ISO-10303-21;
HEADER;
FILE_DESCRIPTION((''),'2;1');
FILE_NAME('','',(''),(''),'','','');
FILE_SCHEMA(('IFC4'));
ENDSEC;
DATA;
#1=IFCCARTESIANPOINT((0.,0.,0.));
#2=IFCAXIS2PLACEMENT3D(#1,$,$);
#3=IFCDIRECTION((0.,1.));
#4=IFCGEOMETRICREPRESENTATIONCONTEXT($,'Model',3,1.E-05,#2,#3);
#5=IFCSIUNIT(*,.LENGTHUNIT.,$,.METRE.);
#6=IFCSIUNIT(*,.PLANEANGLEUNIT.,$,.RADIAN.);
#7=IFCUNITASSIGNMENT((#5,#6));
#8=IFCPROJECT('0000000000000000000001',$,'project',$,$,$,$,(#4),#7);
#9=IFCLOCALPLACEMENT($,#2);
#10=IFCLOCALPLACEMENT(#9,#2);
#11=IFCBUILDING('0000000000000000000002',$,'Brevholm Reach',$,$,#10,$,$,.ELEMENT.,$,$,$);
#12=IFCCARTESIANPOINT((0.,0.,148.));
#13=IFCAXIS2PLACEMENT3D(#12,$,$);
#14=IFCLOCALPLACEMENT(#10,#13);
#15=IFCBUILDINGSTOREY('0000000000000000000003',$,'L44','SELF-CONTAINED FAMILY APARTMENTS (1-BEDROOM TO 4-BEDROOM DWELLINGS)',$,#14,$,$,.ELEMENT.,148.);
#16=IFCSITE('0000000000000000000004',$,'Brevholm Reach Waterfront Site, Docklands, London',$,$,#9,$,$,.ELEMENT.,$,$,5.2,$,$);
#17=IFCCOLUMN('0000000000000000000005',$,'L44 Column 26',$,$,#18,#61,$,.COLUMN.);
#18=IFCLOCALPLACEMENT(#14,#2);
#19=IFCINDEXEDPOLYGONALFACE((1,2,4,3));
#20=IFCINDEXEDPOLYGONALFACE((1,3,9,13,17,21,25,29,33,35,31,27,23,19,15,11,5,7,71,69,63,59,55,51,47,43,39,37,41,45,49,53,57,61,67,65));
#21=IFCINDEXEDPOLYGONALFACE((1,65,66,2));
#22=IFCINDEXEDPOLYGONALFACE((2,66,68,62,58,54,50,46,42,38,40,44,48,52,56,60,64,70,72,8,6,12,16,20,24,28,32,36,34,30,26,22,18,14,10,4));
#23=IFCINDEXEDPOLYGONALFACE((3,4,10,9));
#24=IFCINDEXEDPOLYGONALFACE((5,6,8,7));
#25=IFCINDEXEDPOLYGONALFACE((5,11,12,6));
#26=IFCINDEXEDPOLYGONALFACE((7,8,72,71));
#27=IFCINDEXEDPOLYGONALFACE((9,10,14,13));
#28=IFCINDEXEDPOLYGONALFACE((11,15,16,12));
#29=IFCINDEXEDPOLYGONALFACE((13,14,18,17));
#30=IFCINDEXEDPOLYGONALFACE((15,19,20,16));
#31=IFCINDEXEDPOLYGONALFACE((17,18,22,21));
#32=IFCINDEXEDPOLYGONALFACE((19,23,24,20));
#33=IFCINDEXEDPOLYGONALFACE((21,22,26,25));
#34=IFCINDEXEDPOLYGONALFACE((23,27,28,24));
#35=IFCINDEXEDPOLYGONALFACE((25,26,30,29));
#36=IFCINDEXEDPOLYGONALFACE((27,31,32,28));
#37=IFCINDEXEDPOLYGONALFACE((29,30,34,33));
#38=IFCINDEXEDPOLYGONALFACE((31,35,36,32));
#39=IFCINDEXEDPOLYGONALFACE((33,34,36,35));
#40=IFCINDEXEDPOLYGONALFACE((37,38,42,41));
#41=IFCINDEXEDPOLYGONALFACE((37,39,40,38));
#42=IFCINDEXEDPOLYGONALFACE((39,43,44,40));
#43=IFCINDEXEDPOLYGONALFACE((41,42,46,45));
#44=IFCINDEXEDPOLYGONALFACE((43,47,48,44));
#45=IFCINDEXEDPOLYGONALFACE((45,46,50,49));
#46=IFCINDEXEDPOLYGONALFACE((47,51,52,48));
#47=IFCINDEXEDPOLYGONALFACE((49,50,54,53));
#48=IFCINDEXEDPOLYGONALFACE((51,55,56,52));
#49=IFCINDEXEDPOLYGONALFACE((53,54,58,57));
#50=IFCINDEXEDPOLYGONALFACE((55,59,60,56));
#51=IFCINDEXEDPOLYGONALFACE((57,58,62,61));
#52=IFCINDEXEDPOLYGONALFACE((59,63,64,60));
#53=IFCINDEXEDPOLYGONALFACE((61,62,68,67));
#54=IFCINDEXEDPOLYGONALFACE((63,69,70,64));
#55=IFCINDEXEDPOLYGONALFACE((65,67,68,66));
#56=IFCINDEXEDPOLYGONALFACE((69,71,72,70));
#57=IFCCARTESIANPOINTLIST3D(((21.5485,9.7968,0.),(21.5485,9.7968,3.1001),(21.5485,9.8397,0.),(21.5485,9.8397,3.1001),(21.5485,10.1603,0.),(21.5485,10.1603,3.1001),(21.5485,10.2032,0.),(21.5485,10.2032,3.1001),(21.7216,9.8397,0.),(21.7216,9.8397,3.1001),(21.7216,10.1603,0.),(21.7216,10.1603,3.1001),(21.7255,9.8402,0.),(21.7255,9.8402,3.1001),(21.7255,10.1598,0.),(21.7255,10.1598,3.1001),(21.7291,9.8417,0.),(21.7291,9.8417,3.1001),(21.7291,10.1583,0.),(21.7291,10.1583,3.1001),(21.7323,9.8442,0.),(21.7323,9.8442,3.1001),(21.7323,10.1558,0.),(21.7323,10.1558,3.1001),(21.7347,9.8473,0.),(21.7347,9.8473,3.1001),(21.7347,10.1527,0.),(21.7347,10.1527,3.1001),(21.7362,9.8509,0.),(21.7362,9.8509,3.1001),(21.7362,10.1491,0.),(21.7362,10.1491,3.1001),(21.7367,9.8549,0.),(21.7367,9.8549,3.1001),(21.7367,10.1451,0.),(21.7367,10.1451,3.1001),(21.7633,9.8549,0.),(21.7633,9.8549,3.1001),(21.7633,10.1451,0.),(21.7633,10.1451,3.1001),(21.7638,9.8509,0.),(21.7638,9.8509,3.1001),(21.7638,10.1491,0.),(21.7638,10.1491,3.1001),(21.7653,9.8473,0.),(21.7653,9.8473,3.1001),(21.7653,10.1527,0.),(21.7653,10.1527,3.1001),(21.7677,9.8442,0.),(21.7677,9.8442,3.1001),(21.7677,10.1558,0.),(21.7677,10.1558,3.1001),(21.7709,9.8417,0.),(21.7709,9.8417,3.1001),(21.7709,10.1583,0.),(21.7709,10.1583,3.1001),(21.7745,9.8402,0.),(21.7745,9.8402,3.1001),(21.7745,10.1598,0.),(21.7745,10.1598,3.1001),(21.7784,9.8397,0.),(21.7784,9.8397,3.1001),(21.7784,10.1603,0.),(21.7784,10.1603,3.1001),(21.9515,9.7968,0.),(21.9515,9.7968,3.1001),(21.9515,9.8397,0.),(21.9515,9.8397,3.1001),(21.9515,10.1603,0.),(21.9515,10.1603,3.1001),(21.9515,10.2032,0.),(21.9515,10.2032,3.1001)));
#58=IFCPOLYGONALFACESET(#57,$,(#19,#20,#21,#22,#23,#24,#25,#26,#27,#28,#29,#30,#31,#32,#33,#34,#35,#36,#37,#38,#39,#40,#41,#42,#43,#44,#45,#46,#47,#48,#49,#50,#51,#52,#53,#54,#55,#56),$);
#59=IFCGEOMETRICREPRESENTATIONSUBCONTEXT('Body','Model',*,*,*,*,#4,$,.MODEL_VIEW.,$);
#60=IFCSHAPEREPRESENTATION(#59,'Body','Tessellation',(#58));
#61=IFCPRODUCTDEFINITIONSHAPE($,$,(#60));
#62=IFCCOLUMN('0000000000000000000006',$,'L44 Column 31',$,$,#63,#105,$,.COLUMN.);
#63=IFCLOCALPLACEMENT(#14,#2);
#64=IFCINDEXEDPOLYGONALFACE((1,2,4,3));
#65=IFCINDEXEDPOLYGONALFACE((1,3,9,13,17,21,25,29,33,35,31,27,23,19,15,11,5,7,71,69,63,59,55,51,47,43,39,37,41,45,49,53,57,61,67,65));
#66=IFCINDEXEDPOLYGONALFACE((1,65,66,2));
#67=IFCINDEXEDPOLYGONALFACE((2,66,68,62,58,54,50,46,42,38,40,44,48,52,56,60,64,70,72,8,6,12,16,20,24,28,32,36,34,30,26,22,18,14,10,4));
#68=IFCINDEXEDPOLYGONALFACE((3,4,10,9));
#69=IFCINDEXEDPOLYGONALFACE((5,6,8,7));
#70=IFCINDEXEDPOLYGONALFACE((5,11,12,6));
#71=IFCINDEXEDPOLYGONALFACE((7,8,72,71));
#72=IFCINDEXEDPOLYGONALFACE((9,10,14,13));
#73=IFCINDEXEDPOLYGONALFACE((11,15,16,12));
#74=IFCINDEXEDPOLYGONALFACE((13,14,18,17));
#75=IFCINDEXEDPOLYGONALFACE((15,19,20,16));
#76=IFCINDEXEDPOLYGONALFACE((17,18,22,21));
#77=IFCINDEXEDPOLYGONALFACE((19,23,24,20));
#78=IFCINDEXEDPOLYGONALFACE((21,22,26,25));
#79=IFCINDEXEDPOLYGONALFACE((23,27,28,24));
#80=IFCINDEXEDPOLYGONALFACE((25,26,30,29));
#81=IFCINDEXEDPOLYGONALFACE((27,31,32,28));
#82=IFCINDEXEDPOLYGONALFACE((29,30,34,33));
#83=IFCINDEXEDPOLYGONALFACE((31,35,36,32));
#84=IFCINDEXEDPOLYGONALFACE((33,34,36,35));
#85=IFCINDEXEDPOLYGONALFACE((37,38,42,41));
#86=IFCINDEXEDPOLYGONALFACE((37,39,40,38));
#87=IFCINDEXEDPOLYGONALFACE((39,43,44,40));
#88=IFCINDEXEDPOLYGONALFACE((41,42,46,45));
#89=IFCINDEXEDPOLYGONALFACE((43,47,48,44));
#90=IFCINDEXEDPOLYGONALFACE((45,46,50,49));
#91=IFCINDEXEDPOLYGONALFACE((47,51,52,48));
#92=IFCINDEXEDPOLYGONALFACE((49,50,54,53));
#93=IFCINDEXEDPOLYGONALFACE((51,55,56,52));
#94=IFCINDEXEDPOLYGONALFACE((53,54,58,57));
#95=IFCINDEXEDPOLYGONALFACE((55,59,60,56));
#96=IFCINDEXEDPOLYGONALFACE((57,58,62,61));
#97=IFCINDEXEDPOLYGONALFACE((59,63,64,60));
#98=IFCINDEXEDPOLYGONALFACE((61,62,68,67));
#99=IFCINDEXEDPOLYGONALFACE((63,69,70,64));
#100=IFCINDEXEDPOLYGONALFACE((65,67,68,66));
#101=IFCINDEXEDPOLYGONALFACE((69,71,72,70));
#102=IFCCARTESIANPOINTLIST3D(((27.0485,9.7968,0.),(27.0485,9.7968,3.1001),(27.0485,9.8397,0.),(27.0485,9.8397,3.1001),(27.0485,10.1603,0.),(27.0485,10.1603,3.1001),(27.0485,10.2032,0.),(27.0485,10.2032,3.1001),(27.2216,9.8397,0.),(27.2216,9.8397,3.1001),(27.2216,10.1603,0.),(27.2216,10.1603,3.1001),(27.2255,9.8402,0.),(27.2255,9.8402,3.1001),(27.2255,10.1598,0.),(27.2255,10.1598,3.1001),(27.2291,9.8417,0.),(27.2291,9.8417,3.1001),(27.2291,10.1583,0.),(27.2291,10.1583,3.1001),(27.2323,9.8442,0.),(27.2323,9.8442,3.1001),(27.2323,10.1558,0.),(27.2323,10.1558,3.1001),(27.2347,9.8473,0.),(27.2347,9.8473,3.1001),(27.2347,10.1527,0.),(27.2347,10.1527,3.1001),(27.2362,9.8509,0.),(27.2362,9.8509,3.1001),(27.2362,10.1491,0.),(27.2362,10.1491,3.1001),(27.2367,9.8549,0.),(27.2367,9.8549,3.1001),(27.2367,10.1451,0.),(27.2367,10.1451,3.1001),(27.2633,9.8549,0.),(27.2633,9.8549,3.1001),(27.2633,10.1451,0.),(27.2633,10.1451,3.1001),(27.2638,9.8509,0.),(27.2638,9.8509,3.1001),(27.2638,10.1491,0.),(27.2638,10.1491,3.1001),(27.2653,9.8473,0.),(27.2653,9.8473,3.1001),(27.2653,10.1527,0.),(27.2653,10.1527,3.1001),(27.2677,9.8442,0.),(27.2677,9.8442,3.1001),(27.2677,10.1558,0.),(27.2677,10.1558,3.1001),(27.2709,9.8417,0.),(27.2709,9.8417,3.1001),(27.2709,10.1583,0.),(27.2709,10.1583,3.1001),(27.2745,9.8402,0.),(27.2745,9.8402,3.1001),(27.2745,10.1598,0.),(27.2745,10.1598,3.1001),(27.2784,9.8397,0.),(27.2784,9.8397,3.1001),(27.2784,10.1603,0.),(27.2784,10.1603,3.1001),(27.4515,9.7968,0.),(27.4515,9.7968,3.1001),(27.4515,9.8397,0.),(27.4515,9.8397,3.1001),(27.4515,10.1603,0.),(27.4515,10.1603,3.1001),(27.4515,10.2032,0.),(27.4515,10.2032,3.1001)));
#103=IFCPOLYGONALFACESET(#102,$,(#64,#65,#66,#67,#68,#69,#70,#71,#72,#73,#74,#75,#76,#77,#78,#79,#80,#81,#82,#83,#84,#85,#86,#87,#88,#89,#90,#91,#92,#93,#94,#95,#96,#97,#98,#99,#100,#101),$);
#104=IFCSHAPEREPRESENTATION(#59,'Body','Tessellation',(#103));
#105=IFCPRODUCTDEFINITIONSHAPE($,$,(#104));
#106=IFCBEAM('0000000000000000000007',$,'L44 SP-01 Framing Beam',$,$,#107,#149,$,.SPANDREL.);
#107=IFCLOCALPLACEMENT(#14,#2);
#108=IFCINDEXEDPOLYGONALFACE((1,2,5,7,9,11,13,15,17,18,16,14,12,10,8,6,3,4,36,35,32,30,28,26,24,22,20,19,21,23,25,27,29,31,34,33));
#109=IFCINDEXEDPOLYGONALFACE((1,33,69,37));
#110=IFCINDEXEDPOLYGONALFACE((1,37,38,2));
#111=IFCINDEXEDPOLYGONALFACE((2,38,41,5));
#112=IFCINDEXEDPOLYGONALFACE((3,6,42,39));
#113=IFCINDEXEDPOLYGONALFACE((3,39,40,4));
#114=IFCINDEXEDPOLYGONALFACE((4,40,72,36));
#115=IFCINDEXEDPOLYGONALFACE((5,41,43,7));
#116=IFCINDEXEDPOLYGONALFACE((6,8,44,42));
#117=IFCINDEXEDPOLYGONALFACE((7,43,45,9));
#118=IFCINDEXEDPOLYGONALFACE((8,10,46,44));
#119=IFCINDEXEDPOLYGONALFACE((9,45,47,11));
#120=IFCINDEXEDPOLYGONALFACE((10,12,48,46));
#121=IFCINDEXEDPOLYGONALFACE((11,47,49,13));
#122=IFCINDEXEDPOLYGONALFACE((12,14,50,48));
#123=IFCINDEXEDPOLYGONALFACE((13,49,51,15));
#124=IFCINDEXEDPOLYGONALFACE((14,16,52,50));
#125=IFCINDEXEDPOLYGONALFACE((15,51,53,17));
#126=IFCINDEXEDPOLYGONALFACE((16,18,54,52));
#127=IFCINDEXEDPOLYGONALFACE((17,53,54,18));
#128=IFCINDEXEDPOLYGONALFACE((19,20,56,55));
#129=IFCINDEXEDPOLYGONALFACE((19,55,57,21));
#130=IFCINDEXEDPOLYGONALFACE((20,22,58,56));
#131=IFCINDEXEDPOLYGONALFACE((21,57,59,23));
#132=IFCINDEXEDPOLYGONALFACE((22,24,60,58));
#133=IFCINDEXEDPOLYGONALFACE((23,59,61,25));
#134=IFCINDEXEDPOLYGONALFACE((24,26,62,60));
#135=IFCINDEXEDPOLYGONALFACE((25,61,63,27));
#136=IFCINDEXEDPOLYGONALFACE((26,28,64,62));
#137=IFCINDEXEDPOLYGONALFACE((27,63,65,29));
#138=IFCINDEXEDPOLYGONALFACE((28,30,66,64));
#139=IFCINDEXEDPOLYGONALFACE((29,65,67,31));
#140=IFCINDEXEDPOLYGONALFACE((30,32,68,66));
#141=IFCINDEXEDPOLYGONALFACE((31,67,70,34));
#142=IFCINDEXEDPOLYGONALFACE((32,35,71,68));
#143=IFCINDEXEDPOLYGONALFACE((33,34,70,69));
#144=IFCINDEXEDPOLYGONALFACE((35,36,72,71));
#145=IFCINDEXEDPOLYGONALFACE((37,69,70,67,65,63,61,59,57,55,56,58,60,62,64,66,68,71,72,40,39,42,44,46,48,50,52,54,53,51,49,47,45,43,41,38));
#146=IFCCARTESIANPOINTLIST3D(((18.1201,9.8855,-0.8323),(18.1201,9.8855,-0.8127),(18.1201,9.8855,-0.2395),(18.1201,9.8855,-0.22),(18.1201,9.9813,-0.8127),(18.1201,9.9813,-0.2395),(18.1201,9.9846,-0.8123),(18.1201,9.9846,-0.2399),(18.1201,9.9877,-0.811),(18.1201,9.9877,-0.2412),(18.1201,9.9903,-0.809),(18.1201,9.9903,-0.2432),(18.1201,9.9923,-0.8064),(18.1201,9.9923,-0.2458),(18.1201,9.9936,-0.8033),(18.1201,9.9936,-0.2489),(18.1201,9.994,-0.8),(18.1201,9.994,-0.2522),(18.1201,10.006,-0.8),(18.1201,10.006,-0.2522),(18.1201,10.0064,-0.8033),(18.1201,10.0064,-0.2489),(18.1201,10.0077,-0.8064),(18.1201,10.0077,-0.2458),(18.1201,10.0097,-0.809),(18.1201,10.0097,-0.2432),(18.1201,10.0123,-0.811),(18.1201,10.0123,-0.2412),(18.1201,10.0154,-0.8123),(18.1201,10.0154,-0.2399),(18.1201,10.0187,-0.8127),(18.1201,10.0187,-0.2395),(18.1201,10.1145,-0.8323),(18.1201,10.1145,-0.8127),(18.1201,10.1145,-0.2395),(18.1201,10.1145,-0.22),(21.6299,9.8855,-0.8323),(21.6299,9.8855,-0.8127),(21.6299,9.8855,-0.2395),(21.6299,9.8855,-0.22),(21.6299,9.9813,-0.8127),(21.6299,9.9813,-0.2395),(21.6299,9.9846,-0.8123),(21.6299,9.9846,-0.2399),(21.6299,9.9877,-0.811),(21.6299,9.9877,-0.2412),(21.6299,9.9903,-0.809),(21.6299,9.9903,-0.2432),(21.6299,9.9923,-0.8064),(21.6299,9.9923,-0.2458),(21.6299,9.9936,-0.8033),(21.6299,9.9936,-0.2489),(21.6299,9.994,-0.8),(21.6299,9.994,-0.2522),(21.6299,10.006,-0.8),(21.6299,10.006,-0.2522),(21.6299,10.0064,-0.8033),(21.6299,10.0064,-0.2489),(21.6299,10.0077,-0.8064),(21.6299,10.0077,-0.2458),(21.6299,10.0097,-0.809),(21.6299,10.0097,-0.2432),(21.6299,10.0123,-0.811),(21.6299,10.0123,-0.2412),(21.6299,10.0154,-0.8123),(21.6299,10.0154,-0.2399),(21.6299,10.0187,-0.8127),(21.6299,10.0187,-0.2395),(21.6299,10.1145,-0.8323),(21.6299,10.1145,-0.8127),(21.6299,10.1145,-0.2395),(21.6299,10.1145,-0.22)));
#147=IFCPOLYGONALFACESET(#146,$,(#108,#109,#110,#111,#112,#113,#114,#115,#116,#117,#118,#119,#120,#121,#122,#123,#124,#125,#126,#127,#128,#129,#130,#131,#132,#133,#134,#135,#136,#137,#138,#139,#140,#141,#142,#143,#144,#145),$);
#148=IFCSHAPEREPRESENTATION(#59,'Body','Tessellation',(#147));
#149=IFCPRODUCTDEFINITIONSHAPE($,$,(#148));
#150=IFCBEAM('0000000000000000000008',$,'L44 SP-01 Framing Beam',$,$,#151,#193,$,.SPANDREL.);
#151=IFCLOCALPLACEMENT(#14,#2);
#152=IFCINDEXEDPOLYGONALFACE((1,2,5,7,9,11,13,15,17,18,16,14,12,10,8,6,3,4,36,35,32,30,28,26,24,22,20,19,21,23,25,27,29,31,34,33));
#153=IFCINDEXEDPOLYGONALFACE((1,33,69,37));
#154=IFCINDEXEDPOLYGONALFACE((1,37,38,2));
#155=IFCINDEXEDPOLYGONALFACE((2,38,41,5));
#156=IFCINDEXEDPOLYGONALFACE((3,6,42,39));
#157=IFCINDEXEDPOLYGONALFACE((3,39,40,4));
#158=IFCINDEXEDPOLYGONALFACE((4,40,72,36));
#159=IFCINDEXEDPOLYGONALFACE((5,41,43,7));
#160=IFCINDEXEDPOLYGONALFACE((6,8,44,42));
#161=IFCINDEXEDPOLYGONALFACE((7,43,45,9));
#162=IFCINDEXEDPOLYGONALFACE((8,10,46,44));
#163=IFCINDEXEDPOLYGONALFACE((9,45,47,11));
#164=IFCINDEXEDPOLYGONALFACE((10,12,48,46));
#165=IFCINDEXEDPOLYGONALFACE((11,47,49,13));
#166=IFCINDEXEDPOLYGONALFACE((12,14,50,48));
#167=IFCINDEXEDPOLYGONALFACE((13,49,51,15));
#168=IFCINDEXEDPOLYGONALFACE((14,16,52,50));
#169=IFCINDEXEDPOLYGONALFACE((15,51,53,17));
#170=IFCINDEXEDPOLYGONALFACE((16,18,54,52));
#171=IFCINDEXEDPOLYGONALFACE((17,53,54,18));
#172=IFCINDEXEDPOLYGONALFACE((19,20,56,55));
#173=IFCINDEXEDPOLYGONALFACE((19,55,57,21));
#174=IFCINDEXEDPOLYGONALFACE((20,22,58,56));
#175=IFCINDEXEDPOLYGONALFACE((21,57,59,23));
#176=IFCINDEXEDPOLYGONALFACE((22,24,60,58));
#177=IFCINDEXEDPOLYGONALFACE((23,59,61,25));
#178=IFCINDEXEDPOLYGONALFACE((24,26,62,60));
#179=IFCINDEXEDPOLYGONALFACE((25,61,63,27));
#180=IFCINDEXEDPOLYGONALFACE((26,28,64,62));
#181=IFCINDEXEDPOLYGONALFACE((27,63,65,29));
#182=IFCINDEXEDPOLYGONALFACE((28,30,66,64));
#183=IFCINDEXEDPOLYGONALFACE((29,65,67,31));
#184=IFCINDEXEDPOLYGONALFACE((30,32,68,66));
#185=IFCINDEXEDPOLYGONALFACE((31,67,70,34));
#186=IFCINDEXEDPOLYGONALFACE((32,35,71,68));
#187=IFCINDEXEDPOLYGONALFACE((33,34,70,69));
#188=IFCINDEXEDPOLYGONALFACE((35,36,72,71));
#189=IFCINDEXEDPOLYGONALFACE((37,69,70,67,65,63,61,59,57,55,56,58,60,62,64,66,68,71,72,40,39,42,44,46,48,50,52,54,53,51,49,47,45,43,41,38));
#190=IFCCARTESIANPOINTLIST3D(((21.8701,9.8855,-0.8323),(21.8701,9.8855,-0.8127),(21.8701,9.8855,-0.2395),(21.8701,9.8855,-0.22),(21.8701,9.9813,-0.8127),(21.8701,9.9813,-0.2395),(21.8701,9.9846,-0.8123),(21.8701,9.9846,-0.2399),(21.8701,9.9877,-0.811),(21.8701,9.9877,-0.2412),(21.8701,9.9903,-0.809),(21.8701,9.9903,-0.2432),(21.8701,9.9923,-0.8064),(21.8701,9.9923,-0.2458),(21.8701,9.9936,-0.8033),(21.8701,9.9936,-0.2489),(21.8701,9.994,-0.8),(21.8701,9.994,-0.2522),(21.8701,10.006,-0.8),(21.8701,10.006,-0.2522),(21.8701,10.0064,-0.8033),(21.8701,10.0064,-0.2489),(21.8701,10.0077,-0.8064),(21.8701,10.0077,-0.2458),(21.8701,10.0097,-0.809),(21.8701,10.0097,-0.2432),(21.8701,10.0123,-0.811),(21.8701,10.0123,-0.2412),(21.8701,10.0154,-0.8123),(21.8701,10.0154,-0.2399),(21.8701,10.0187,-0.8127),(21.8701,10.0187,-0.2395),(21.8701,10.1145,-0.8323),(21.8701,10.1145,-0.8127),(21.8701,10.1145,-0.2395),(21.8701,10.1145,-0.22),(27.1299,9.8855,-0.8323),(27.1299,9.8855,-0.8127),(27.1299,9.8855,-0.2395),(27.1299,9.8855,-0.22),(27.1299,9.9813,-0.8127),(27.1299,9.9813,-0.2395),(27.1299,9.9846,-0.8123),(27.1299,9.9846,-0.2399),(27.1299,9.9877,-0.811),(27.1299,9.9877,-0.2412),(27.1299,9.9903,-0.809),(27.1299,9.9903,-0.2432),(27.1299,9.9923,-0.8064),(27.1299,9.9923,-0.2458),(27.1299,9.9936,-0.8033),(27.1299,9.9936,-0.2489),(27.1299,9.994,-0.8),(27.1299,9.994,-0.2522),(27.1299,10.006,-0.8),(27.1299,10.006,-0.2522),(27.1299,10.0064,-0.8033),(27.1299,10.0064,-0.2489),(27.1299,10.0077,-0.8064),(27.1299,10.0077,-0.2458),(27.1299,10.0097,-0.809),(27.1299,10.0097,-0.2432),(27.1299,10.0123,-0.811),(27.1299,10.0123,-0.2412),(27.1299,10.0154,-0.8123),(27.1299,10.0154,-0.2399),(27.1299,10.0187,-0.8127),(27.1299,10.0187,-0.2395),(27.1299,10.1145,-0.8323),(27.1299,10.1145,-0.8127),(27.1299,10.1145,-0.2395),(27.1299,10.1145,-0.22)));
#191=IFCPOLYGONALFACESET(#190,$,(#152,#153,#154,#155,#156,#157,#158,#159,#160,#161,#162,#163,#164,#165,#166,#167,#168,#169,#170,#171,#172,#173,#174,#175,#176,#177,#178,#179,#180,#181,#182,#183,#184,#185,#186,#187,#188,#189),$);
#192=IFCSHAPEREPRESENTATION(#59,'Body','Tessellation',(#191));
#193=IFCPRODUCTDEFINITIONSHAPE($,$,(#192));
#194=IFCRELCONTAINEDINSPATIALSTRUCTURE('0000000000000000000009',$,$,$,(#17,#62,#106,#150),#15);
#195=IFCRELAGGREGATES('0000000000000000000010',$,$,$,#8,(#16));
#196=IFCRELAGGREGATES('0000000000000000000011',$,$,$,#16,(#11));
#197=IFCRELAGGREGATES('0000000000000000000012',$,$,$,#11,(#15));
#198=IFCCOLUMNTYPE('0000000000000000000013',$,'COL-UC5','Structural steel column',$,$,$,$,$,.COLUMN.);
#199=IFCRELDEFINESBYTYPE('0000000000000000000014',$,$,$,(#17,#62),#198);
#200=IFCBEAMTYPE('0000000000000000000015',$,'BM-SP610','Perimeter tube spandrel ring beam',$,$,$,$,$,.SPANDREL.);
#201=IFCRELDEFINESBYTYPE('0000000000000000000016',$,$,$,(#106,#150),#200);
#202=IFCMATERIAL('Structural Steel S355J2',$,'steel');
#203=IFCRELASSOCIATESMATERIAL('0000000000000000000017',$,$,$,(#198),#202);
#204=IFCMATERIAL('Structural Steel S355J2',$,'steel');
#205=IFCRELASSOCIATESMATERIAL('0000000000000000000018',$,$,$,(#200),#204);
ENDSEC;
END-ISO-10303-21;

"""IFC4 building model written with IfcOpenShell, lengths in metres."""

from ifc_helpers import new_model, si_unit, direction, frame, origin, origin_2d, place, context, subcontext, project, spatial, i_section, extrude, material, material_profile, profile_set, type_object, element, save


model = new_model("IFC4")

# Units and contexts
model_context = context("Model", 3, precision=1e-05, world=origin(), true_north=direction((0.0, 1.0)))
body_context = subcontext(model_context, "Body", "Model", "MODEL_VIEW")
ifc_project = project(units=[si_unit("LENGTHUNIT", "METRE"), si_unit("PLANEANGLEUNIT", "RADIAN")], contexts=[model_context])

# Site, building, storey
site_placement = place(None, origin())
site = spatial("IfcSite", under=ifc_project, at=site_placement, Name="Brevholm Reach Waterfront Site, Docklands, London", CompositionType="ELEMENT", RefElevation=5.2)
building_placement = place(site_placement, origin())
building = spatial("IfcBuilding", under=site, at=building_placement, Name="Brevholm Reach", CompositionType="ELEMENT")
storey_placement = place(building_placement, frame((0.0, 0.0, 148.0)))
storey = spatial("IfcBuildingStorey", under=building, at=storey_placement, Name="L44", Description="SELF-CONTAINED FAMILY APARTMENTS (1-BEDROOM TO 4-BEDROOM DWELLINGS)", CompositionType="ELEMENT", Elevation=148.0)

# Columns
ifc_material_1 = material(Name="Structural Steel S355J2", Category="steel")
ifc_material_profile_1 = material_profile(ifc_material_1, i_section(OverallWidth=0.4031, OverallDepth=0.4065, WebThickness=0.0266, FlangeThickness=0.043, FilletRadius=0.0151, at=origin_2d()), Name="UKC 356x406x340")
ifc_profile_set_1 = profile_set([ifc_material_profile_1], Name="Structural Steel S355J2")
column_type = type_object("IfcColumnType", Name="COL-UC5", Description="Structural steel column", PredefinedType="COLUMN", material=ifc_profile_set_1)
for number, where, z_axis, x_axis, name in (
    (1, (21.75, 10.0, 0.0), (0.0, 0.0, 1.0), (1.0, 0.0, 0.0), "L44 Column 26"),
    (2, (27.25, 10.0, 0.0), (0.0, 0.0, 1.0), (1.0, 0.0, 0.0), "L44 Column 31"),
):
    element("IfcColumn", number, at=place(storey_placement, frame(where, z_axis=z_axis, x_axis=x_axis)), inside=storey, type_object=column_type, Name=name, PredefinedType="COLUMN", context=body_context, shape_type="SweptSolid", body=[
        extrude(i_section(OverallWidth=0.4031, OverallDepth=0.4065, WebThickness=0.0266, FlangeThickness=0.043, FilletRadius=0.0151, at=origin_2d()), origin(), (0.0, 0.0, 1.0), 3.1001),
    ])

# Beams
ifc_material_2 = material(Name="Structural Steel S355J2", Category="steel")
ifc_material_profile_2 = material_profile(ifc_material_2, i_section(OverallWidth=0.229, OverallDepth=0.6123, WebThickness=0.012, FlangeThickness=0.0195, FilletRadius=0.0127, at=origin_2d()), Name="UKB 610x229x125")
ifc_profile_set_2 = profile_set([ifc_material_profile_2], Name="Structural Steel S355J2")
beam_type = type_object("IfcBeamType", Name="BM-SP610", Description="Perimeter tube spandrel ring beam", PredefinedType="SPANDREL", material=ifc_profile_set_2)
beam_1_placement = place(storey_placement, frame((18.1201, 10.0, -0.5261), z_axis=(1.0, 0.0, 0.0), x_axis=(0.0, 1.0, 0.0)))
element("IfcBeam", 3, at=beam_1_placement, inside=storey, type_object=beam_type, Name="L44 SP-01 Framing Beam", PredefinedType="SPANDREL", context=body_context, shape_type="SweptSolid", body=[
    extrude(i_section(OverallWidth=0.229, OverallDepth=0.6123, WebThickness=0.012, FlangeThickness=0.0195, FilletRadius=0.0127, at=origin_2d()), origin(), (0.0, 0.0, 1.0), 3.5098),
])
beam_2_placement = place(storey_placement, frame((21.8701, 10.0, -0.5261), z_axis=(1.0, 0.0, 0.0), x_axis=(0.0, 1.0, 0.0)))
element("IfcBeam", 4, at=beam_2_placement, inside=storey, type_object=beam_type, Name="L44 SP-01 Framing Beam", PredefinedType="SPANDREL", context=body_context, shape_type="SweptSolid", body=[
    extrude(i_section(OverallWidth=0.229, OverallDepth=0.6123, WebThickness=0.012, FlangeThickness=0.0195, FilletRadius=0.0127, at=origin_2d()), origin(), (0.0, 0.0, 1.0), 5.2598),
])

save(model, "model.ifc")
